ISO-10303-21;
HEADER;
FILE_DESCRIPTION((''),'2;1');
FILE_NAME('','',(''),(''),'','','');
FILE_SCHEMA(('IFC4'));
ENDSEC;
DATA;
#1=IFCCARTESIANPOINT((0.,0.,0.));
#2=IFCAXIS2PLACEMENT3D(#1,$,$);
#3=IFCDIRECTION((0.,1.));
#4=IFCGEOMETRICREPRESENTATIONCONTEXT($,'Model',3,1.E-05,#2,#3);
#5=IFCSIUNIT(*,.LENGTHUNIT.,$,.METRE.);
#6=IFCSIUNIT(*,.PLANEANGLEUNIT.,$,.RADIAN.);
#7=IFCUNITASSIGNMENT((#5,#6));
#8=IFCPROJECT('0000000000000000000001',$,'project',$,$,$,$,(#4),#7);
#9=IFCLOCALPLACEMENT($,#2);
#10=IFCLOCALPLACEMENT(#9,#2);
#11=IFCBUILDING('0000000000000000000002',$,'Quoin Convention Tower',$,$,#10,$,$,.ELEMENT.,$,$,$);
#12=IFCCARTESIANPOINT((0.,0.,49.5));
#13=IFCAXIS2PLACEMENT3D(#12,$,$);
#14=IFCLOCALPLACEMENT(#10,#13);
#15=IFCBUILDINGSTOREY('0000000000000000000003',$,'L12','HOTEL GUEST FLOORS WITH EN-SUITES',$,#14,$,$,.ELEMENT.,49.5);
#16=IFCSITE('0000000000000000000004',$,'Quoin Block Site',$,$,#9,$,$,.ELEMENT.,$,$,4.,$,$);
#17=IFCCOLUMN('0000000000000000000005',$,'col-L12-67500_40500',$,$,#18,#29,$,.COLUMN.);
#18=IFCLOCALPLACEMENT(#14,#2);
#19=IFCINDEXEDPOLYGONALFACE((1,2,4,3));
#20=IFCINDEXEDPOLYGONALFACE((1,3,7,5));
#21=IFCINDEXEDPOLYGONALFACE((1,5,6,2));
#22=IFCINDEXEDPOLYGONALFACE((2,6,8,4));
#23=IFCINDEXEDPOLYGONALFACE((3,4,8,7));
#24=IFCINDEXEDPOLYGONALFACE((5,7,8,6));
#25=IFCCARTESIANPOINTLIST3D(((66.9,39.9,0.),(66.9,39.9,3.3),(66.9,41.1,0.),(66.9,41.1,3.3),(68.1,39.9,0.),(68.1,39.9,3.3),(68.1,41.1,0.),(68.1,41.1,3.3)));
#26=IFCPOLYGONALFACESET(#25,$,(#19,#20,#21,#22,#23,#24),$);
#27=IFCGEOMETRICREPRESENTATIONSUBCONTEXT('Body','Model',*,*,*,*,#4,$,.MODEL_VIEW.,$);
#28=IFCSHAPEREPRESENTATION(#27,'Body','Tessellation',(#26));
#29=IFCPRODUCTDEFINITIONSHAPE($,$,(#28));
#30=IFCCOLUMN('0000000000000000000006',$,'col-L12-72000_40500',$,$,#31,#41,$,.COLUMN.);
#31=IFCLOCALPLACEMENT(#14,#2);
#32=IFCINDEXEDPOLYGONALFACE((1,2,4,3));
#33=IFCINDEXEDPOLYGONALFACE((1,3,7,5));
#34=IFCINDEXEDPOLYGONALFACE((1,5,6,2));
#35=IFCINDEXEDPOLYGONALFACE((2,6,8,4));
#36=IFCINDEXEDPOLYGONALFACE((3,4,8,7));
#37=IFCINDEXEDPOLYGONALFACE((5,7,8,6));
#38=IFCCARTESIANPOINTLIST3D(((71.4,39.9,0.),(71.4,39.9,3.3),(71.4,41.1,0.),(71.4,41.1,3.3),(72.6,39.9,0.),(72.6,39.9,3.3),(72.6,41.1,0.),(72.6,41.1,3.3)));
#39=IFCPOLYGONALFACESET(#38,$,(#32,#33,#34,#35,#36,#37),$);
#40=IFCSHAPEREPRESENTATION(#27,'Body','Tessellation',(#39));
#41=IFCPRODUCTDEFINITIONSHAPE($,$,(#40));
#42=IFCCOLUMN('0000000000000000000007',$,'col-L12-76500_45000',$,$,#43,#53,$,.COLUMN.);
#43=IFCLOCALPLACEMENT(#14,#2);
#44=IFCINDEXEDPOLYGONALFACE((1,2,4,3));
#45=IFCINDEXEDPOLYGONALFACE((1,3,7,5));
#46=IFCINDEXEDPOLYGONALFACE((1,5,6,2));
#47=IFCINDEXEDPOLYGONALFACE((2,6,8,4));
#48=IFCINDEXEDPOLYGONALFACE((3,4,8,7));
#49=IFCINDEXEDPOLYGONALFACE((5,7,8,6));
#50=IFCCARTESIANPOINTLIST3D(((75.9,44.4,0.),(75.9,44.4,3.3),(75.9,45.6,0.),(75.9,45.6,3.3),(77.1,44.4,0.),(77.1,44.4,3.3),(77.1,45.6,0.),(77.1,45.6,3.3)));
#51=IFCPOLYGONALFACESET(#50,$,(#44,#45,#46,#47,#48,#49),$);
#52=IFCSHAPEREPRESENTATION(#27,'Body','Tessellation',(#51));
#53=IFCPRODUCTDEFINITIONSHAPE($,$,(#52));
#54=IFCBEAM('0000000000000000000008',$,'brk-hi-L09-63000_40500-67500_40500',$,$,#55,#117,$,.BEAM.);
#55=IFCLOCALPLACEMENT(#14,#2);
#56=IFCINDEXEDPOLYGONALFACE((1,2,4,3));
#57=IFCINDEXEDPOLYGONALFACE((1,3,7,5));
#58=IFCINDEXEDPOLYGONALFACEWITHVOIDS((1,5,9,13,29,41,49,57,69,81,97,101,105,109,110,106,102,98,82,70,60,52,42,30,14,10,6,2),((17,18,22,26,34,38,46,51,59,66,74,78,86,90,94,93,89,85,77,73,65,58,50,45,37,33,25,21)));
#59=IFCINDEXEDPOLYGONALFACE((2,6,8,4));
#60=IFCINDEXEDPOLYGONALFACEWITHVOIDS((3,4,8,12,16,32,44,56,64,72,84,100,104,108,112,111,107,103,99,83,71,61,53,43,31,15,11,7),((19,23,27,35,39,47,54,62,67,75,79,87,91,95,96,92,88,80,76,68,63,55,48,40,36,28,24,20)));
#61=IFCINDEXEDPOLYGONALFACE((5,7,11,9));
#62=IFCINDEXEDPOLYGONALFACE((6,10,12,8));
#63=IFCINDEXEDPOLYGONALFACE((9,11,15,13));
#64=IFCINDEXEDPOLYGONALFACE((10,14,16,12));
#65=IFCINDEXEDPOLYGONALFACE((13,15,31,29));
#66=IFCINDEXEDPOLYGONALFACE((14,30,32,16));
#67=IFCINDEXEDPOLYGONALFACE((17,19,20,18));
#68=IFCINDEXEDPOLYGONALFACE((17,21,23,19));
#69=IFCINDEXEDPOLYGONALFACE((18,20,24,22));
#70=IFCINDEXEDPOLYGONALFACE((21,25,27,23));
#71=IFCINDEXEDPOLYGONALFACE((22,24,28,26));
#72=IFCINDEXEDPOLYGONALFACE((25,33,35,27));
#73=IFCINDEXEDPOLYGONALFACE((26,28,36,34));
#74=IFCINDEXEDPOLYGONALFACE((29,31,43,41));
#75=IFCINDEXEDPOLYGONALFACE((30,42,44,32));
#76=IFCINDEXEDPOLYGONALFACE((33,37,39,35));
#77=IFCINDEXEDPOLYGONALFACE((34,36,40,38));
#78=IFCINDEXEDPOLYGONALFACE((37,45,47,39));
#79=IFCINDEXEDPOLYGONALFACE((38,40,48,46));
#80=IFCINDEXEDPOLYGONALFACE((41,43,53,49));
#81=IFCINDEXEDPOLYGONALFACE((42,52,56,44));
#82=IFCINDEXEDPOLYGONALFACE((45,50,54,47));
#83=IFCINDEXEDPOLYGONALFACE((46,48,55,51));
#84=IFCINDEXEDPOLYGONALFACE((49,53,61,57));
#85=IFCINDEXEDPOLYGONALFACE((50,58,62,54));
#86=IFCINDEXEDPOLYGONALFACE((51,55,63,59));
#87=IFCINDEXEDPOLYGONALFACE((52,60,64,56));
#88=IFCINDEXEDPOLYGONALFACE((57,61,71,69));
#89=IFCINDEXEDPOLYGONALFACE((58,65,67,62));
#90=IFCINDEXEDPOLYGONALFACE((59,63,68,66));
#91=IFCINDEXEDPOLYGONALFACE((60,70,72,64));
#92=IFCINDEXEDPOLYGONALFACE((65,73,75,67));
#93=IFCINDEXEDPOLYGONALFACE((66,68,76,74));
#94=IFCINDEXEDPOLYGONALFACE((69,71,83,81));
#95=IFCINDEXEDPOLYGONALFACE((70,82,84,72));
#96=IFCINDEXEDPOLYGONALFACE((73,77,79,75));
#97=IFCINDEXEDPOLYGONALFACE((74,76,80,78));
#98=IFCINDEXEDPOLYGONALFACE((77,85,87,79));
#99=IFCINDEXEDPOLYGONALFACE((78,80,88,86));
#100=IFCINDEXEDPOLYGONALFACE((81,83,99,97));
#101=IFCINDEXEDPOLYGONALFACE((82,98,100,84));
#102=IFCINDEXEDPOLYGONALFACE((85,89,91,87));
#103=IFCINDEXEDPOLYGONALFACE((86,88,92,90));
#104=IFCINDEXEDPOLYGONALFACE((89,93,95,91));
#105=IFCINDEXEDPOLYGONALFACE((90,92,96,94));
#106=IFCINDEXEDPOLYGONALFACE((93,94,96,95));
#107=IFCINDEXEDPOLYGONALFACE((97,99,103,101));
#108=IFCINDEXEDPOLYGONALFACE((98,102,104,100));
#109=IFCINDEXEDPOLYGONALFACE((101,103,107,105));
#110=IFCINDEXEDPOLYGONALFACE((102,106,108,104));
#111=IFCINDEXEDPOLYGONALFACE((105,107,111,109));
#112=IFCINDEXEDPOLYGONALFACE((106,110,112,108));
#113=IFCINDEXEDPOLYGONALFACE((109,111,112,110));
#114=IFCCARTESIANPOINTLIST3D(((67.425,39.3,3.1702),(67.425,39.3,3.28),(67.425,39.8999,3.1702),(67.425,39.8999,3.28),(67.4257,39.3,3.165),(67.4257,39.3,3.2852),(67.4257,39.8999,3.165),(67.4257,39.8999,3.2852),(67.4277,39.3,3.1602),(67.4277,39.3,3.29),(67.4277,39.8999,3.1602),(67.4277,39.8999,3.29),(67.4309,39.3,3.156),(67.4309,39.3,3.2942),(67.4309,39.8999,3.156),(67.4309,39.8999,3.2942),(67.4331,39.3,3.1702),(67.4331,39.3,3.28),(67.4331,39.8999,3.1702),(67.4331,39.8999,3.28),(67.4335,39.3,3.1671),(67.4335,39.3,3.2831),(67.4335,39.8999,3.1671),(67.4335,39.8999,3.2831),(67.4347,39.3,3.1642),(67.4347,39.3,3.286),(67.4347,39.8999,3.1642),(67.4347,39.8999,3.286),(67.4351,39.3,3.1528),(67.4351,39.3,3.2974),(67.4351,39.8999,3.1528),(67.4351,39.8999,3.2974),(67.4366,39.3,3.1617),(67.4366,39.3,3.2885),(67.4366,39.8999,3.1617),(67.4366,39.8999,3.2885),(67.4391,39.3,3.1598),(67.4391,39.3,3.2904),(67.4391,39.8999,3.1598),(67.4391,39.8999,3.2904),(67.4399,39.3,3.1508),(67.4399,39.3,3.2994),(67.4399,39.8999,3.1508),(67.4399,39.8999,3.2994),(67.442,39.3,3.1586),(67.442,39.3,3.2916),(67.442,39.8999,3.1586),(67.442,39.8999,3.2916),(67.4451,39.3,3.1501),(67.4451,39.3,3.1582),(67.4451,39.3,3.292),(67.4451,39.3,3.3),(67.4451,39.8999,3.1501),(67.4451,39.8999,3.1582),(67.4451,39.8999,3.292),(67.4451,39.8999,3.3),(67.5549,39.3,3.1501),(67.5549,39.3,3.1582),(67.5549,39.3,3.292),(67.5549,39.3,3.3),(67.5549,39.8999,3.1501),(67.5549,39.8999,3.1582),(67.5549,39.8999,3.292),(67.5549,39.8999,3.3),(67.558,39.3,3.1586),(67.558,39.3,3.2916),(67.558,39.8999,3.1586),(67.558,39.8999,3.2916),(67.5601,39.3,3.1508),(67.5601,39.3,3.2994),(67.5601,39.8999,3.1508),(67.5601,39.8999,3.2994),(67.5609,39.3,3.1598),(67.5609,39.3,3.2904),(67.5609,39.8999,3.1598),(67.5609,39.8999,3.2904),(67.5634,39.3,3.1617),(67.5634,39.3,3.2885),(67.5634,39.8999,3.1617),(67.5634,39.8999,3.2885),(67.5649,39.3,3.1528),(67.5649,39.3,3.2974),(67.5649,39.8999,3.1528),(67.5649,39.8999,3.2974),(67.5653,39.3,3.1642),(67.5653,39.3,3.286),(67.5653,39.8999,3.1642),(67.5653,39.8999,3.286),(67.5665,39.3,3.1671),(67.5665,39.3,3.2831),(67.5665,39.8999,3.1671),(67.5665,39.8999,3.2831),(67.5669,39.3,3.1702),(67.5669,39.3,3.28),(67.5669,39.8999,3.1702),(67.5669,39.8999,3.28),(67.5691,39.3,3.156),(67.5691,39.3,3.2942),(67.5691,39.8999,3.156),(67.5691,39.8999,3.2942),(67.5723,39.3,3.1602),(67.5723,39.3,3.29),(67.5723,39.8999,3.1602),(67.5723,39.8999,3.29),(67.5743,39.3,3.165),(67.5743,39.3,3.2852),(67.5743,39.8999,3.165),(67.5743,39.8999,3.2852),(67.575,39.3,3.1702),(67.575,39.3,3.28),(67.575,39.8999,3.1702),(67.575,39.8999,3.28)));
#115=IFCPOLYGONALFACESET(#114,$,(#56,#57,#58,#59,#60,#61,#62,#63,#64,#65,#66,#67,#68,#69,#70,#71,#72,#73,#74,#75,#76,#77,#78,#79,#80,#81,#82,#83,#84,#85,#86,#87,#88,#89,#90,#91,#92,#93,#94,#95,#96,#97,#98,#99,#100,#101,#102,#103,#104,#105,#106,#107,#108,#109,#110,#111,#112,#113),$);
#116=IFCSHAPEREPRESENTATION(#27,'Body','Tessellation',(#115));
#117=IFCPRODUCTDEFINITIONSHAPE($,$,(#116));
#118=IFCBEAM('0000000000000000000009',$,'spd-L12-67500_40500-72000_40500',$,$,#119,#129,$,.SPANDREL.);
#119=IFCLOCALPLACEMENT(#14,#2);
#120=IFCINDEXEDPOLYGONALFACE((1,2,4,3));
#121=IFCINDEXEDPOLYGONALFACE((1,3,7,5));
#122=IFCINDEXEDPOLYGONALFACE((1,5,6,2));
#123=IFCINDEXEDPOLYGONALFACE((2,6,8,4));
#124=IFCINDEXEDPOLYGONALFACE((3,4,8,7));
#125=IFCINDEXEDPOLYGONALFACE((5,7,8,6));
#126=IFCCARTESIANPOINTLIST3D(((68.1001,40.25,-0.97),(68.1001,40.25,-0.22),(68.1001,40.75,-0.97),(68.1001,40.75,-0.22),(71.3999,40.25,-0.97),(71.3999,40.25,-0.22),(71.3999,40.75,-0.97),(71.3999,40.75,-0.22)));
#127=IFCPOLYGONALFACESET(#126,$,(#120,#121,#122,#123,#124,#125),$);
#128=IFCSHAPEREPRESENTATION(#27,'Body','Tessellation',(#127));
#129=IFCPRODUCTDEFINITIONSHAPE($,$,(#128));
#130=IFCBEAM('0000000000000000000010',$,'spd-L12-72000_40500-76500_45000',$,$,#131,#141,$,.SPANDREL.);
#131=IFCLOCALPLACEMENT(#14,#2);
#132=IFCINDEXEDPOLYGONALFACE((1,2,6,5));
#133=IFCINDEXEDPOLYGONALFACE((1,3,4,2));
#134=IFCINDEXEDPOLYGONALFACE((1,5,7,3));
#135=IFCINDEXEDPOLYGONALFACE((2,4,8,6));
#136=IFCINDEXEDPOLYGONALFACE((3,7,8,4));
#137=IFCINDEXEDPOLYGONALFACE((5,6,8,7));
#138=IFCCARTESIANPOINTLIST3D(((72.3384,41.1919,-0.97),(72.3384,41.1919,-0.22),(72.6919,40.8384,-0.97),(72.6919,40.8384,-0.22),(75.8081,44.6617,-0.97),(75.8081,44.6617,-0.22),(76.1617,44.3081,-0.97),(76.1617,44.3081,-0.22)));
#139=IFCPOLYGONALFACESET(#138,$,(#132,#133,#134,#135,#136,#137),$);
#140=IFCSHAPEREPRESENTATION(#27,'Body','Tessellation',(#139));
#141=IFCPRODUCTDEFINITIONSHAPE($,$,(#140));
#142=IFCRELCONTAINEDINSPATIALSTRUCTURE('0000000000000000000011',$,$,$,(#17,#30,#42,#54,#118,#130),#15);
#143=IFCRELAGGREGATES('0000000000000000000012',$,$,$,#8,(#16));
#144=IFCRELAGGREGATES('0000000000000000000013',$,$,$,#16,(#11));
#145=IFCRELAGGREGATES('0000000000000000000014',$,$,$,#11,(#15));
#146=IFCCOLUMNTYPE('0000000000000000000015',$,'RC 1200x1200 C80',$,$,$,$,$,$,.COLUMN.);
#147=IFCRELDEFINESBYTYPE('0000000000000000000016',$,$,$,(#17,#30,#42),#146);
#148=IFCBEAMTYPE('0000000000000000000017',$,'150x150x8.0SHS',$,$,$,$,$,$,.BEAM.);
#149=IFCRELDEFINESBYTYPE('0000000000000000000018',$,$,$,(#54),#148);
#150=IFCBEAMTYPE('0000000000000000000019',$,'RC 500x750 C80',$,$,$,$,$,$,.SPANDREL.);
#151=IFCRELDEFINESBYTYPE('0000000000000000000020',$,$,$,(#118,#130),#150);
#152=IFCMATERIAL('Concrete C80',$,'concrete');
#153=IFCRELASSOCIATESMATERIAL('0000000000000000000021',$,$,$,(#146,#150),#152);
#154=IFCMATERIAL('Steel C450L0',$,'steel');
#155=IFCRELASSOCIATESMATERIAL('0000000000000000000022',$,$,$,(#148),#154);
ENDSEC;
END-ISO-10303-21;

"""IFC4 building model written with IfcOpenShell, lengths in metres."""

from ifc_helpers import new_model, si_unit, direction, frame, origin, origin_2d, place, context, subcontext, project, spatial, rectangle, hollow_rectangle, extrude, material, material_profile, profile_set, type_object, element, save


model = new_model("IFC4")

# Units and contexts
model_context = context("Model", 3, precision=1e-05, world=origin(), true_north=direction((0.0, 1.0)))
body_context = subcontext(model_context, "Body", "Model", "MODEL_VIEW")
ifc_project = project(units=[si_unit("LENGTHUNIT", "METRE"), si_unit("PLANEANGLEUNIT", "RADIAN")], contexts=[model_context])

# Site, building, storey
site_placement = place(None, origin())
site = spatial("IfcSite", under=ifc_project, at=site_placement, Name="Quoin Block Site", CompositionType="ELEMENT", RefElevation=4.0)
building_placement = place(site_placement, origin())
building = spatial("IfcBuilding", under=site, at=building_placement, Name="Quoin Convention Tower", CompositionType="ELEMENT")
storey_placement = place(building_placement, frame((0.0, 0.0, 49.5)))
storey = spatial("IfcBuildingStorey", under=building, at=storey_placement, Name="L12", Description="HOTEL GUEST FLOORS WITH EN-SUITES", CompositionType="ELEMENT", Elevation=49.5)

# Columns
ifc_material_1 = material(Name="Concrete C80", Category="concrete")
ifc_material_profile_1 = material_profile(ifc_material_1, rectangle(XDim=1.2, YDim=1.2, at=origin_2d()), Name="RC 1200x1200")
ifc_profile_set_1 = profile_set([ifc_material_profile_1], Name="Concrete C80")
column_type = type_object("IfcColumnType", Name="RC 1200x1200 C80", PredefinedType="COLUMN", material=ifc_profile_set_1)
for number, where, z_axis, x_axis, name in (
    (1, (67.5, 40.5, 0.0), (0.0, 0.0, 1.0), (1.0, 0.0, 0.0), "col-L12-67500_40500"),
    (2, (72.0, 40.5, 0.0), (0.0, 0.0, 1.0), (1.0, 0.0, 0.0), "col-L12-72000_40500"),
    (3, (76.5, 45.0, 0.0), (0.0, 0.0, 1.0), (1.0, 0.0, 0.0), "col-L12-76500_45000"),
):
    element("IfcColumn", number, at=place(storey_placement, frame(where, z_axis=z_axis, x_axis=x_axis)), inside=storey, type_object=column_type, Name=name, PredefinedType="COLUMN", context=body_context, shape_type="SweptSolid", body=[
        extrude(rectangle(XDim=1.2, YDim=1.2, at=origin_2d()), origin(), (0.0, 0.0, 1.0), 3.3),
    ])

# Beams
ifc_material_2 = material(Name="Steel C450L0", Category="steel")
ifc_material_profile_2 = material_profile(ifc_material_2, hollow_rectangle(XDim=0.1499, YDim=0.1499, WallThickness=0.0081, InnerFilletRadius=0.012, OuterFilletRadius=0.02, at=origin_2d()), Name="150x150x8.0SHS")
ifc_profile_set_2 = profile_set([ifc_material_profile_2], Name="Steel C450L0")
beam_type_1 = type_object("IfcBeamType", Name="150x150x8.0SHS", PredefinedType="BEAM", material=ifc_profile_set_2)
beam_1_placement = place(storey_placement, frame((67.5, 39.8999, 3.2251), z_axis=(0.0, -1.0, 0.0), x_axis=(1.0, 0.0, 0.0)))
element("IfcBeam", 4, at=beam_1_placement, inside=storey, type_object=beam_type_1, Name="brk-hi-L09-63000_40500-67500_40500", PredefinedType="BEAM", context=body_context, shape_type="SweptSolid", body=[
    extrude(hollow_rectangle(XDim=0.1499, YDim=0.1499, WallThickness=0.0081, InnerFilletRadius=0.012, OuterFilletRadius=0.02, at=origin_2d()), origin(), (0.0, 0.0, 1.0), 0.5999),
])
ifc_material_profile_3 = material_profile(ifc_material_1, rectangle(XDim=0.5, YDim=0.75, at=origin_2d()), Name="RC 500x750")
ifc_profile_set_3 = profile_set([ifc_material_profile_3], Name="Concrete C80")
beam_type_2 = type_object("IfcBeamType", Name="RC 500x750 C80", PredefinedType="SPANDREL", material=ifc_profile_set_3)
beam_2_placement = place(storey_placement, frame((68.1001, 40.5, -0.595), z_axis=(1.0, 0.0, 0.0), x_axis=(0.0, 1.0, 0.0)))
element("IfcBeam", 5, at=beam_2_placement, inside=storey, type_object=beam_type_2, Name="spd-L12-67500_40500-72000_40500", PredefinedType="SPANDREL", context=body_context, shape_type="SweptSolid", body=[
    extrude(rectangle(XDim=0.5, YDim=0.75, at=origin_2d()), origin(), (0.0, 0.0, 1.0), 3.2998),
])
beam_3_placement = place(storey_placement, frame((72.5151, 41.0151, -0.595), z_axis=(0.707107, 0.707107, 0.0), x_axis=(-0.707107, 0.707107, 0.0)))
element("IfcBeam", 6, at=beam_3_placement, inside=storey, type_object=beam_type_2, Name="spd-L12-72000_40500-76500_45000", PredefinedType="SPANDREL", context=body_context, shape_type="SweptSolid", body=[
    extrude(rectangle(XDim=0.5, YDim=0.75, at=origin_2d()), origin(), (0.0, 0.0, 1.0), 4.907),
])

save(model, "model.ifc")
